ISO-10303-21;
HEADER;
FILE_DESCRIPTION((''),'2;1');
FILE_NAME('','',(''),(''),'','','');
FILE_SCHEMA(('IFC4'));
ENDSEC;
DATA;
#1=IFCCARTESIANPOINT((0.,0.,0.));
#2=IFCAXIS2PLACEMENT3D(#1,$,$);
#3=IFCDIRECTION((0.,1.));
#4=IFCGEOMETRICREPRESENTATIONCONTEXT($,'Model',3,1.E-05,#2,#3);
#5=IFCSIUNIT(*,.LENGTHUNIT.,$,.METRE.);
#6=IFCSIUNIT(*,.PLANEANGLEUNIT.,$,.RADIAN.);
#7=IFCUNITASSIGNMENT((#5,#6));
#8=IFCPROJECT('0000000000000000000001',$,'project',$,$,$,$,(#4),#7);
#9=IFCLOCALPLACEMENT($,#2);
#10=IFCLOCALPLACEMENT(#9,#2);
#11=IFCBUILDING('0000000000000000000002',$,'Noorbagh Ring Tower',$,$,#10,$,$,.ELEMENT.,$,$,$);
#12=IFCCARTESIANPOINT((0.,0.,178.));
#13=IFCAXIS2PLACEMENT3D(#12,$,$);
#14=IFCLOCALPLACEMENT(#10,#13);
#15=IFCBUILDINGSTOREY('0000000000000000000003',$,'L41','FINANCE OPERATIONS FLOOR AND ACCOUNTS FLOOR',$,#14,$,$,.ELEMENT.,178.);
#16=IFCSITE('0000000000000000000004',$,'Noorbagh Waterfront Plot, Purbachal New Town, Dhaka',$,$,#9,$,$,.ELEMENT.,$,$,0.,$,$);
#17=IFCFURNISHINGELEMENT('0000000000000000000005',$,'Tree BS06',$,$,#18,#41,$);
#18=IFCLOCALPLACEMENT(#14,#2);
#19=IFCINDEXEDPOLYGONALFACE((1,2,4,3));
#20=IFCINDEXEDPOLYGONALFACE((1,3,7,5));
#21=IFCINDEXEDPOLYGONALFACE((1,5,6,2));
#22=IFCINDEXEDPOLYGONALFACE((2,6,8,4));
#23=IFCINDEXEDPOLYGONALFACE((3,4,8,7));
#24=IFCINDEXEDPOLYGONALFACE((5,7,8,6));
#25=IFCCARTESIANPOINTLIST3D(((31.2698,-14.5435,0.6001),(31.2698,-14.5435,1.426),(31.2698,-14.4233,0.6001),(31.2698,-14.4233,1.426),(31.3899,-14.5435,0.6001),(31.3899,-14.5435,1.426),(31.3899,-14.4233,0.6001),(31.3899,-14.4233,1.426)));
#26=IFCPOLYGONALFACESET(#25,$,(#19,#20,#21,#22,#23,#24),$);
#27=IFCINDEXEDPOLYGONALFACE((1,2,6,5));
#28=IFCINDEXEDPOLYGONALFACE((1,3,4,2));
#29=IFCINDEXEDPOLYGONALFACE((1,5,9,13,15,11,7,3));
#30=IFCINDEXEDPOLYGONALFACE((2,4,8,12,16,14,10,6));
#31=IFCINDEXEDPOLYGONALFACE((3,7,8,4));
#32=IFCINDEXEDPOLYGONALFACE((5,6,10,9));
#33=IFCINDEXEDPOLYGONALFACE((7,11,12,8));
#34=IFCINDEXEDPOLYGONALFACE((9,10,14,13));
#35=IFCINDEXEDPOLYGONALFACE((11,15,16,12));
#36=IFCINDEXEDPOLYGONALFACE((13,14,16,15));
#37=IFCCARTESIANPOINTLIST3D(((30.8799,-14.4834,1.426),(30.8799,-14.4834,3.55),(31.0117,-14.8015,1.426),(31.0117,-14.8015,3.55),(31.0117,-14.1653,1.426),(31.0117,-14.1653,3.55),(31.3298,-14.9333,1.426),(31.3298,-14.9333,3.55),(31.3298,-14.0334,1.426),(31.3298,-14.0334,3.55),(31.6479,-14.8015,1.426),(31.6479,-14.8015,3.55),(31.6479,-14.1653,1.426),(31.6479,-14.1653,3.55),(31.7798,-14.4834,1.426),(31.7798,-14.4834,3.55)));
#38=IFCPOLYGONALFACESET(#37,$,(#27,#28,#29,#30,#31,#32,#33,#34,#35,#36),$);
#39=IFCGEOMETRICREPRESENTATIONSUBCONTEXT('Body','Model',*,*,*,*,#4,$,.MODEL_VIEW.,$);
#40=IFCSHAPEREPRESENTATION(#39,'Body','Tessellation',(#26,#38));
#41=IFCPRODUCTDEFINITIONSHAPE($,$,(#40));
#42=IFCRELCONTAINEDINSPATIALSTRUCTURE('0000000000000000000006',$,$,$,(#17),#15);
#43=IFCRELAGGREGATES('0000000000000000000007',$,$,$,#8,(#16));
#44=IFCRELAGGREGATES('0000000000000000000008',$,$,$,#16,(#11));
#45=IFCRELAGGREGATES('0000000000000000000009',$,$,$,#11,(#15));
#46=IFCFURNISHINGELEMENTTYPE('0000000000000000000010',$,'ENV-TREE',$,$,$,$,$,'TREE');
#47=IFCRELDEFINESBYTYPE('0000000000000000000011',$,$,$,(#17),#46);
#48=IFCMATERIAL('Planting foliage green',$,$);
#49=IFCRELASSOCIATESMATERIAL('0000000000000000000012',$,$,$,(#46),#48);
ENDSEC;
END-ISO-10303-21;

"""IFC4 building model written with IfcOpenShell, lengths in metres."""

from ifc_helpers import new_model, si_unit, direction, frame, origin, origin_2d, place, context, subcontext, project, spatial, polyline, rectangle, outline, extrude, material, type_object, element, save


model = new_model("IFC4")

# Units and contexts
model_context = context("Model", 3, precision=1e-05, world=origin(), true_north=direction((0.0, 1.0)))
body_context = subcontext(model_context, "Body", "Model", "MODEL_VIEW")
ifc_project = project(units=[si_unit("LENGTHUNIT", "METRE"), si_unit("PLANEANGLEUNIT", "RADIAN")], contexts=[model_context])

# Site, building, storey
site_placement = place(None, origin())
site = spatial("IfcSite", under=ifc_project, at=site_placement, Name="Noorbagh Waterfront Plot, Purbachal New Town, Dhaka", CompositionType="ELEMENT", RefElevation=0.0)
building_placement = place(site_placement, origin())
building = spatial("IfcBuilding", under=site, at=building_placement, Name="Noorbagh Ring Tower", CompositionType="ELEMENT")
storey_placement = place(building_placement, frame((0.0, 0.0, 178.0)))
storey = spatial("IfcBuildingStorey", under=building, at=storey_placement, Name="L41", Description="FINANCE OPERATIONS FLOOR AND ACCOUNTS FLOOR", CompositionType="ELEMENT", Elevation=178.0)

# Furnishing element
ifc_material_1 = material(Name="Planting foliage green")
furnishing_element_type = type_object("IfcFurnishingElementType", Name="ENV-TREE", ElementType="TREE", material=ifc_material_1)
furnishing_placement = place(storey_placement, frame((31.3298, -14.4834, 0.6001), z_axis=(0.0, 0.0, 1.0), x_axis=(1.0, 0.0, 0.0)))
element("IfcFurnishingElement", 1, at=furnishing_placement, inside=storey, type_object=furnishing_element_type, Name="Tree BS06", context=body_context, shape_type="SweptSolid", body=[
    extrude(rectangle(XDim=0.1201, YDim=0.1201, at=origin_2d()), origin(), (0.0, 0.0, 1.0), 0.8259),
    extrude(outline(polyline([(0.45, 0.0), (0.3181, 0.3181), (0.0, 0.45), (-0.3181, 0.3181), (-0.45, 0.0), (-0.3181, -0.3181), (0.0, -0.45), (0.3181, -0.3181), (0.45, 0.0)])), frame((0.0, 0.0, 0.8259)), (0.0, 0.0, 1.0), 2.124),
])

save(model, "model.ifc")
